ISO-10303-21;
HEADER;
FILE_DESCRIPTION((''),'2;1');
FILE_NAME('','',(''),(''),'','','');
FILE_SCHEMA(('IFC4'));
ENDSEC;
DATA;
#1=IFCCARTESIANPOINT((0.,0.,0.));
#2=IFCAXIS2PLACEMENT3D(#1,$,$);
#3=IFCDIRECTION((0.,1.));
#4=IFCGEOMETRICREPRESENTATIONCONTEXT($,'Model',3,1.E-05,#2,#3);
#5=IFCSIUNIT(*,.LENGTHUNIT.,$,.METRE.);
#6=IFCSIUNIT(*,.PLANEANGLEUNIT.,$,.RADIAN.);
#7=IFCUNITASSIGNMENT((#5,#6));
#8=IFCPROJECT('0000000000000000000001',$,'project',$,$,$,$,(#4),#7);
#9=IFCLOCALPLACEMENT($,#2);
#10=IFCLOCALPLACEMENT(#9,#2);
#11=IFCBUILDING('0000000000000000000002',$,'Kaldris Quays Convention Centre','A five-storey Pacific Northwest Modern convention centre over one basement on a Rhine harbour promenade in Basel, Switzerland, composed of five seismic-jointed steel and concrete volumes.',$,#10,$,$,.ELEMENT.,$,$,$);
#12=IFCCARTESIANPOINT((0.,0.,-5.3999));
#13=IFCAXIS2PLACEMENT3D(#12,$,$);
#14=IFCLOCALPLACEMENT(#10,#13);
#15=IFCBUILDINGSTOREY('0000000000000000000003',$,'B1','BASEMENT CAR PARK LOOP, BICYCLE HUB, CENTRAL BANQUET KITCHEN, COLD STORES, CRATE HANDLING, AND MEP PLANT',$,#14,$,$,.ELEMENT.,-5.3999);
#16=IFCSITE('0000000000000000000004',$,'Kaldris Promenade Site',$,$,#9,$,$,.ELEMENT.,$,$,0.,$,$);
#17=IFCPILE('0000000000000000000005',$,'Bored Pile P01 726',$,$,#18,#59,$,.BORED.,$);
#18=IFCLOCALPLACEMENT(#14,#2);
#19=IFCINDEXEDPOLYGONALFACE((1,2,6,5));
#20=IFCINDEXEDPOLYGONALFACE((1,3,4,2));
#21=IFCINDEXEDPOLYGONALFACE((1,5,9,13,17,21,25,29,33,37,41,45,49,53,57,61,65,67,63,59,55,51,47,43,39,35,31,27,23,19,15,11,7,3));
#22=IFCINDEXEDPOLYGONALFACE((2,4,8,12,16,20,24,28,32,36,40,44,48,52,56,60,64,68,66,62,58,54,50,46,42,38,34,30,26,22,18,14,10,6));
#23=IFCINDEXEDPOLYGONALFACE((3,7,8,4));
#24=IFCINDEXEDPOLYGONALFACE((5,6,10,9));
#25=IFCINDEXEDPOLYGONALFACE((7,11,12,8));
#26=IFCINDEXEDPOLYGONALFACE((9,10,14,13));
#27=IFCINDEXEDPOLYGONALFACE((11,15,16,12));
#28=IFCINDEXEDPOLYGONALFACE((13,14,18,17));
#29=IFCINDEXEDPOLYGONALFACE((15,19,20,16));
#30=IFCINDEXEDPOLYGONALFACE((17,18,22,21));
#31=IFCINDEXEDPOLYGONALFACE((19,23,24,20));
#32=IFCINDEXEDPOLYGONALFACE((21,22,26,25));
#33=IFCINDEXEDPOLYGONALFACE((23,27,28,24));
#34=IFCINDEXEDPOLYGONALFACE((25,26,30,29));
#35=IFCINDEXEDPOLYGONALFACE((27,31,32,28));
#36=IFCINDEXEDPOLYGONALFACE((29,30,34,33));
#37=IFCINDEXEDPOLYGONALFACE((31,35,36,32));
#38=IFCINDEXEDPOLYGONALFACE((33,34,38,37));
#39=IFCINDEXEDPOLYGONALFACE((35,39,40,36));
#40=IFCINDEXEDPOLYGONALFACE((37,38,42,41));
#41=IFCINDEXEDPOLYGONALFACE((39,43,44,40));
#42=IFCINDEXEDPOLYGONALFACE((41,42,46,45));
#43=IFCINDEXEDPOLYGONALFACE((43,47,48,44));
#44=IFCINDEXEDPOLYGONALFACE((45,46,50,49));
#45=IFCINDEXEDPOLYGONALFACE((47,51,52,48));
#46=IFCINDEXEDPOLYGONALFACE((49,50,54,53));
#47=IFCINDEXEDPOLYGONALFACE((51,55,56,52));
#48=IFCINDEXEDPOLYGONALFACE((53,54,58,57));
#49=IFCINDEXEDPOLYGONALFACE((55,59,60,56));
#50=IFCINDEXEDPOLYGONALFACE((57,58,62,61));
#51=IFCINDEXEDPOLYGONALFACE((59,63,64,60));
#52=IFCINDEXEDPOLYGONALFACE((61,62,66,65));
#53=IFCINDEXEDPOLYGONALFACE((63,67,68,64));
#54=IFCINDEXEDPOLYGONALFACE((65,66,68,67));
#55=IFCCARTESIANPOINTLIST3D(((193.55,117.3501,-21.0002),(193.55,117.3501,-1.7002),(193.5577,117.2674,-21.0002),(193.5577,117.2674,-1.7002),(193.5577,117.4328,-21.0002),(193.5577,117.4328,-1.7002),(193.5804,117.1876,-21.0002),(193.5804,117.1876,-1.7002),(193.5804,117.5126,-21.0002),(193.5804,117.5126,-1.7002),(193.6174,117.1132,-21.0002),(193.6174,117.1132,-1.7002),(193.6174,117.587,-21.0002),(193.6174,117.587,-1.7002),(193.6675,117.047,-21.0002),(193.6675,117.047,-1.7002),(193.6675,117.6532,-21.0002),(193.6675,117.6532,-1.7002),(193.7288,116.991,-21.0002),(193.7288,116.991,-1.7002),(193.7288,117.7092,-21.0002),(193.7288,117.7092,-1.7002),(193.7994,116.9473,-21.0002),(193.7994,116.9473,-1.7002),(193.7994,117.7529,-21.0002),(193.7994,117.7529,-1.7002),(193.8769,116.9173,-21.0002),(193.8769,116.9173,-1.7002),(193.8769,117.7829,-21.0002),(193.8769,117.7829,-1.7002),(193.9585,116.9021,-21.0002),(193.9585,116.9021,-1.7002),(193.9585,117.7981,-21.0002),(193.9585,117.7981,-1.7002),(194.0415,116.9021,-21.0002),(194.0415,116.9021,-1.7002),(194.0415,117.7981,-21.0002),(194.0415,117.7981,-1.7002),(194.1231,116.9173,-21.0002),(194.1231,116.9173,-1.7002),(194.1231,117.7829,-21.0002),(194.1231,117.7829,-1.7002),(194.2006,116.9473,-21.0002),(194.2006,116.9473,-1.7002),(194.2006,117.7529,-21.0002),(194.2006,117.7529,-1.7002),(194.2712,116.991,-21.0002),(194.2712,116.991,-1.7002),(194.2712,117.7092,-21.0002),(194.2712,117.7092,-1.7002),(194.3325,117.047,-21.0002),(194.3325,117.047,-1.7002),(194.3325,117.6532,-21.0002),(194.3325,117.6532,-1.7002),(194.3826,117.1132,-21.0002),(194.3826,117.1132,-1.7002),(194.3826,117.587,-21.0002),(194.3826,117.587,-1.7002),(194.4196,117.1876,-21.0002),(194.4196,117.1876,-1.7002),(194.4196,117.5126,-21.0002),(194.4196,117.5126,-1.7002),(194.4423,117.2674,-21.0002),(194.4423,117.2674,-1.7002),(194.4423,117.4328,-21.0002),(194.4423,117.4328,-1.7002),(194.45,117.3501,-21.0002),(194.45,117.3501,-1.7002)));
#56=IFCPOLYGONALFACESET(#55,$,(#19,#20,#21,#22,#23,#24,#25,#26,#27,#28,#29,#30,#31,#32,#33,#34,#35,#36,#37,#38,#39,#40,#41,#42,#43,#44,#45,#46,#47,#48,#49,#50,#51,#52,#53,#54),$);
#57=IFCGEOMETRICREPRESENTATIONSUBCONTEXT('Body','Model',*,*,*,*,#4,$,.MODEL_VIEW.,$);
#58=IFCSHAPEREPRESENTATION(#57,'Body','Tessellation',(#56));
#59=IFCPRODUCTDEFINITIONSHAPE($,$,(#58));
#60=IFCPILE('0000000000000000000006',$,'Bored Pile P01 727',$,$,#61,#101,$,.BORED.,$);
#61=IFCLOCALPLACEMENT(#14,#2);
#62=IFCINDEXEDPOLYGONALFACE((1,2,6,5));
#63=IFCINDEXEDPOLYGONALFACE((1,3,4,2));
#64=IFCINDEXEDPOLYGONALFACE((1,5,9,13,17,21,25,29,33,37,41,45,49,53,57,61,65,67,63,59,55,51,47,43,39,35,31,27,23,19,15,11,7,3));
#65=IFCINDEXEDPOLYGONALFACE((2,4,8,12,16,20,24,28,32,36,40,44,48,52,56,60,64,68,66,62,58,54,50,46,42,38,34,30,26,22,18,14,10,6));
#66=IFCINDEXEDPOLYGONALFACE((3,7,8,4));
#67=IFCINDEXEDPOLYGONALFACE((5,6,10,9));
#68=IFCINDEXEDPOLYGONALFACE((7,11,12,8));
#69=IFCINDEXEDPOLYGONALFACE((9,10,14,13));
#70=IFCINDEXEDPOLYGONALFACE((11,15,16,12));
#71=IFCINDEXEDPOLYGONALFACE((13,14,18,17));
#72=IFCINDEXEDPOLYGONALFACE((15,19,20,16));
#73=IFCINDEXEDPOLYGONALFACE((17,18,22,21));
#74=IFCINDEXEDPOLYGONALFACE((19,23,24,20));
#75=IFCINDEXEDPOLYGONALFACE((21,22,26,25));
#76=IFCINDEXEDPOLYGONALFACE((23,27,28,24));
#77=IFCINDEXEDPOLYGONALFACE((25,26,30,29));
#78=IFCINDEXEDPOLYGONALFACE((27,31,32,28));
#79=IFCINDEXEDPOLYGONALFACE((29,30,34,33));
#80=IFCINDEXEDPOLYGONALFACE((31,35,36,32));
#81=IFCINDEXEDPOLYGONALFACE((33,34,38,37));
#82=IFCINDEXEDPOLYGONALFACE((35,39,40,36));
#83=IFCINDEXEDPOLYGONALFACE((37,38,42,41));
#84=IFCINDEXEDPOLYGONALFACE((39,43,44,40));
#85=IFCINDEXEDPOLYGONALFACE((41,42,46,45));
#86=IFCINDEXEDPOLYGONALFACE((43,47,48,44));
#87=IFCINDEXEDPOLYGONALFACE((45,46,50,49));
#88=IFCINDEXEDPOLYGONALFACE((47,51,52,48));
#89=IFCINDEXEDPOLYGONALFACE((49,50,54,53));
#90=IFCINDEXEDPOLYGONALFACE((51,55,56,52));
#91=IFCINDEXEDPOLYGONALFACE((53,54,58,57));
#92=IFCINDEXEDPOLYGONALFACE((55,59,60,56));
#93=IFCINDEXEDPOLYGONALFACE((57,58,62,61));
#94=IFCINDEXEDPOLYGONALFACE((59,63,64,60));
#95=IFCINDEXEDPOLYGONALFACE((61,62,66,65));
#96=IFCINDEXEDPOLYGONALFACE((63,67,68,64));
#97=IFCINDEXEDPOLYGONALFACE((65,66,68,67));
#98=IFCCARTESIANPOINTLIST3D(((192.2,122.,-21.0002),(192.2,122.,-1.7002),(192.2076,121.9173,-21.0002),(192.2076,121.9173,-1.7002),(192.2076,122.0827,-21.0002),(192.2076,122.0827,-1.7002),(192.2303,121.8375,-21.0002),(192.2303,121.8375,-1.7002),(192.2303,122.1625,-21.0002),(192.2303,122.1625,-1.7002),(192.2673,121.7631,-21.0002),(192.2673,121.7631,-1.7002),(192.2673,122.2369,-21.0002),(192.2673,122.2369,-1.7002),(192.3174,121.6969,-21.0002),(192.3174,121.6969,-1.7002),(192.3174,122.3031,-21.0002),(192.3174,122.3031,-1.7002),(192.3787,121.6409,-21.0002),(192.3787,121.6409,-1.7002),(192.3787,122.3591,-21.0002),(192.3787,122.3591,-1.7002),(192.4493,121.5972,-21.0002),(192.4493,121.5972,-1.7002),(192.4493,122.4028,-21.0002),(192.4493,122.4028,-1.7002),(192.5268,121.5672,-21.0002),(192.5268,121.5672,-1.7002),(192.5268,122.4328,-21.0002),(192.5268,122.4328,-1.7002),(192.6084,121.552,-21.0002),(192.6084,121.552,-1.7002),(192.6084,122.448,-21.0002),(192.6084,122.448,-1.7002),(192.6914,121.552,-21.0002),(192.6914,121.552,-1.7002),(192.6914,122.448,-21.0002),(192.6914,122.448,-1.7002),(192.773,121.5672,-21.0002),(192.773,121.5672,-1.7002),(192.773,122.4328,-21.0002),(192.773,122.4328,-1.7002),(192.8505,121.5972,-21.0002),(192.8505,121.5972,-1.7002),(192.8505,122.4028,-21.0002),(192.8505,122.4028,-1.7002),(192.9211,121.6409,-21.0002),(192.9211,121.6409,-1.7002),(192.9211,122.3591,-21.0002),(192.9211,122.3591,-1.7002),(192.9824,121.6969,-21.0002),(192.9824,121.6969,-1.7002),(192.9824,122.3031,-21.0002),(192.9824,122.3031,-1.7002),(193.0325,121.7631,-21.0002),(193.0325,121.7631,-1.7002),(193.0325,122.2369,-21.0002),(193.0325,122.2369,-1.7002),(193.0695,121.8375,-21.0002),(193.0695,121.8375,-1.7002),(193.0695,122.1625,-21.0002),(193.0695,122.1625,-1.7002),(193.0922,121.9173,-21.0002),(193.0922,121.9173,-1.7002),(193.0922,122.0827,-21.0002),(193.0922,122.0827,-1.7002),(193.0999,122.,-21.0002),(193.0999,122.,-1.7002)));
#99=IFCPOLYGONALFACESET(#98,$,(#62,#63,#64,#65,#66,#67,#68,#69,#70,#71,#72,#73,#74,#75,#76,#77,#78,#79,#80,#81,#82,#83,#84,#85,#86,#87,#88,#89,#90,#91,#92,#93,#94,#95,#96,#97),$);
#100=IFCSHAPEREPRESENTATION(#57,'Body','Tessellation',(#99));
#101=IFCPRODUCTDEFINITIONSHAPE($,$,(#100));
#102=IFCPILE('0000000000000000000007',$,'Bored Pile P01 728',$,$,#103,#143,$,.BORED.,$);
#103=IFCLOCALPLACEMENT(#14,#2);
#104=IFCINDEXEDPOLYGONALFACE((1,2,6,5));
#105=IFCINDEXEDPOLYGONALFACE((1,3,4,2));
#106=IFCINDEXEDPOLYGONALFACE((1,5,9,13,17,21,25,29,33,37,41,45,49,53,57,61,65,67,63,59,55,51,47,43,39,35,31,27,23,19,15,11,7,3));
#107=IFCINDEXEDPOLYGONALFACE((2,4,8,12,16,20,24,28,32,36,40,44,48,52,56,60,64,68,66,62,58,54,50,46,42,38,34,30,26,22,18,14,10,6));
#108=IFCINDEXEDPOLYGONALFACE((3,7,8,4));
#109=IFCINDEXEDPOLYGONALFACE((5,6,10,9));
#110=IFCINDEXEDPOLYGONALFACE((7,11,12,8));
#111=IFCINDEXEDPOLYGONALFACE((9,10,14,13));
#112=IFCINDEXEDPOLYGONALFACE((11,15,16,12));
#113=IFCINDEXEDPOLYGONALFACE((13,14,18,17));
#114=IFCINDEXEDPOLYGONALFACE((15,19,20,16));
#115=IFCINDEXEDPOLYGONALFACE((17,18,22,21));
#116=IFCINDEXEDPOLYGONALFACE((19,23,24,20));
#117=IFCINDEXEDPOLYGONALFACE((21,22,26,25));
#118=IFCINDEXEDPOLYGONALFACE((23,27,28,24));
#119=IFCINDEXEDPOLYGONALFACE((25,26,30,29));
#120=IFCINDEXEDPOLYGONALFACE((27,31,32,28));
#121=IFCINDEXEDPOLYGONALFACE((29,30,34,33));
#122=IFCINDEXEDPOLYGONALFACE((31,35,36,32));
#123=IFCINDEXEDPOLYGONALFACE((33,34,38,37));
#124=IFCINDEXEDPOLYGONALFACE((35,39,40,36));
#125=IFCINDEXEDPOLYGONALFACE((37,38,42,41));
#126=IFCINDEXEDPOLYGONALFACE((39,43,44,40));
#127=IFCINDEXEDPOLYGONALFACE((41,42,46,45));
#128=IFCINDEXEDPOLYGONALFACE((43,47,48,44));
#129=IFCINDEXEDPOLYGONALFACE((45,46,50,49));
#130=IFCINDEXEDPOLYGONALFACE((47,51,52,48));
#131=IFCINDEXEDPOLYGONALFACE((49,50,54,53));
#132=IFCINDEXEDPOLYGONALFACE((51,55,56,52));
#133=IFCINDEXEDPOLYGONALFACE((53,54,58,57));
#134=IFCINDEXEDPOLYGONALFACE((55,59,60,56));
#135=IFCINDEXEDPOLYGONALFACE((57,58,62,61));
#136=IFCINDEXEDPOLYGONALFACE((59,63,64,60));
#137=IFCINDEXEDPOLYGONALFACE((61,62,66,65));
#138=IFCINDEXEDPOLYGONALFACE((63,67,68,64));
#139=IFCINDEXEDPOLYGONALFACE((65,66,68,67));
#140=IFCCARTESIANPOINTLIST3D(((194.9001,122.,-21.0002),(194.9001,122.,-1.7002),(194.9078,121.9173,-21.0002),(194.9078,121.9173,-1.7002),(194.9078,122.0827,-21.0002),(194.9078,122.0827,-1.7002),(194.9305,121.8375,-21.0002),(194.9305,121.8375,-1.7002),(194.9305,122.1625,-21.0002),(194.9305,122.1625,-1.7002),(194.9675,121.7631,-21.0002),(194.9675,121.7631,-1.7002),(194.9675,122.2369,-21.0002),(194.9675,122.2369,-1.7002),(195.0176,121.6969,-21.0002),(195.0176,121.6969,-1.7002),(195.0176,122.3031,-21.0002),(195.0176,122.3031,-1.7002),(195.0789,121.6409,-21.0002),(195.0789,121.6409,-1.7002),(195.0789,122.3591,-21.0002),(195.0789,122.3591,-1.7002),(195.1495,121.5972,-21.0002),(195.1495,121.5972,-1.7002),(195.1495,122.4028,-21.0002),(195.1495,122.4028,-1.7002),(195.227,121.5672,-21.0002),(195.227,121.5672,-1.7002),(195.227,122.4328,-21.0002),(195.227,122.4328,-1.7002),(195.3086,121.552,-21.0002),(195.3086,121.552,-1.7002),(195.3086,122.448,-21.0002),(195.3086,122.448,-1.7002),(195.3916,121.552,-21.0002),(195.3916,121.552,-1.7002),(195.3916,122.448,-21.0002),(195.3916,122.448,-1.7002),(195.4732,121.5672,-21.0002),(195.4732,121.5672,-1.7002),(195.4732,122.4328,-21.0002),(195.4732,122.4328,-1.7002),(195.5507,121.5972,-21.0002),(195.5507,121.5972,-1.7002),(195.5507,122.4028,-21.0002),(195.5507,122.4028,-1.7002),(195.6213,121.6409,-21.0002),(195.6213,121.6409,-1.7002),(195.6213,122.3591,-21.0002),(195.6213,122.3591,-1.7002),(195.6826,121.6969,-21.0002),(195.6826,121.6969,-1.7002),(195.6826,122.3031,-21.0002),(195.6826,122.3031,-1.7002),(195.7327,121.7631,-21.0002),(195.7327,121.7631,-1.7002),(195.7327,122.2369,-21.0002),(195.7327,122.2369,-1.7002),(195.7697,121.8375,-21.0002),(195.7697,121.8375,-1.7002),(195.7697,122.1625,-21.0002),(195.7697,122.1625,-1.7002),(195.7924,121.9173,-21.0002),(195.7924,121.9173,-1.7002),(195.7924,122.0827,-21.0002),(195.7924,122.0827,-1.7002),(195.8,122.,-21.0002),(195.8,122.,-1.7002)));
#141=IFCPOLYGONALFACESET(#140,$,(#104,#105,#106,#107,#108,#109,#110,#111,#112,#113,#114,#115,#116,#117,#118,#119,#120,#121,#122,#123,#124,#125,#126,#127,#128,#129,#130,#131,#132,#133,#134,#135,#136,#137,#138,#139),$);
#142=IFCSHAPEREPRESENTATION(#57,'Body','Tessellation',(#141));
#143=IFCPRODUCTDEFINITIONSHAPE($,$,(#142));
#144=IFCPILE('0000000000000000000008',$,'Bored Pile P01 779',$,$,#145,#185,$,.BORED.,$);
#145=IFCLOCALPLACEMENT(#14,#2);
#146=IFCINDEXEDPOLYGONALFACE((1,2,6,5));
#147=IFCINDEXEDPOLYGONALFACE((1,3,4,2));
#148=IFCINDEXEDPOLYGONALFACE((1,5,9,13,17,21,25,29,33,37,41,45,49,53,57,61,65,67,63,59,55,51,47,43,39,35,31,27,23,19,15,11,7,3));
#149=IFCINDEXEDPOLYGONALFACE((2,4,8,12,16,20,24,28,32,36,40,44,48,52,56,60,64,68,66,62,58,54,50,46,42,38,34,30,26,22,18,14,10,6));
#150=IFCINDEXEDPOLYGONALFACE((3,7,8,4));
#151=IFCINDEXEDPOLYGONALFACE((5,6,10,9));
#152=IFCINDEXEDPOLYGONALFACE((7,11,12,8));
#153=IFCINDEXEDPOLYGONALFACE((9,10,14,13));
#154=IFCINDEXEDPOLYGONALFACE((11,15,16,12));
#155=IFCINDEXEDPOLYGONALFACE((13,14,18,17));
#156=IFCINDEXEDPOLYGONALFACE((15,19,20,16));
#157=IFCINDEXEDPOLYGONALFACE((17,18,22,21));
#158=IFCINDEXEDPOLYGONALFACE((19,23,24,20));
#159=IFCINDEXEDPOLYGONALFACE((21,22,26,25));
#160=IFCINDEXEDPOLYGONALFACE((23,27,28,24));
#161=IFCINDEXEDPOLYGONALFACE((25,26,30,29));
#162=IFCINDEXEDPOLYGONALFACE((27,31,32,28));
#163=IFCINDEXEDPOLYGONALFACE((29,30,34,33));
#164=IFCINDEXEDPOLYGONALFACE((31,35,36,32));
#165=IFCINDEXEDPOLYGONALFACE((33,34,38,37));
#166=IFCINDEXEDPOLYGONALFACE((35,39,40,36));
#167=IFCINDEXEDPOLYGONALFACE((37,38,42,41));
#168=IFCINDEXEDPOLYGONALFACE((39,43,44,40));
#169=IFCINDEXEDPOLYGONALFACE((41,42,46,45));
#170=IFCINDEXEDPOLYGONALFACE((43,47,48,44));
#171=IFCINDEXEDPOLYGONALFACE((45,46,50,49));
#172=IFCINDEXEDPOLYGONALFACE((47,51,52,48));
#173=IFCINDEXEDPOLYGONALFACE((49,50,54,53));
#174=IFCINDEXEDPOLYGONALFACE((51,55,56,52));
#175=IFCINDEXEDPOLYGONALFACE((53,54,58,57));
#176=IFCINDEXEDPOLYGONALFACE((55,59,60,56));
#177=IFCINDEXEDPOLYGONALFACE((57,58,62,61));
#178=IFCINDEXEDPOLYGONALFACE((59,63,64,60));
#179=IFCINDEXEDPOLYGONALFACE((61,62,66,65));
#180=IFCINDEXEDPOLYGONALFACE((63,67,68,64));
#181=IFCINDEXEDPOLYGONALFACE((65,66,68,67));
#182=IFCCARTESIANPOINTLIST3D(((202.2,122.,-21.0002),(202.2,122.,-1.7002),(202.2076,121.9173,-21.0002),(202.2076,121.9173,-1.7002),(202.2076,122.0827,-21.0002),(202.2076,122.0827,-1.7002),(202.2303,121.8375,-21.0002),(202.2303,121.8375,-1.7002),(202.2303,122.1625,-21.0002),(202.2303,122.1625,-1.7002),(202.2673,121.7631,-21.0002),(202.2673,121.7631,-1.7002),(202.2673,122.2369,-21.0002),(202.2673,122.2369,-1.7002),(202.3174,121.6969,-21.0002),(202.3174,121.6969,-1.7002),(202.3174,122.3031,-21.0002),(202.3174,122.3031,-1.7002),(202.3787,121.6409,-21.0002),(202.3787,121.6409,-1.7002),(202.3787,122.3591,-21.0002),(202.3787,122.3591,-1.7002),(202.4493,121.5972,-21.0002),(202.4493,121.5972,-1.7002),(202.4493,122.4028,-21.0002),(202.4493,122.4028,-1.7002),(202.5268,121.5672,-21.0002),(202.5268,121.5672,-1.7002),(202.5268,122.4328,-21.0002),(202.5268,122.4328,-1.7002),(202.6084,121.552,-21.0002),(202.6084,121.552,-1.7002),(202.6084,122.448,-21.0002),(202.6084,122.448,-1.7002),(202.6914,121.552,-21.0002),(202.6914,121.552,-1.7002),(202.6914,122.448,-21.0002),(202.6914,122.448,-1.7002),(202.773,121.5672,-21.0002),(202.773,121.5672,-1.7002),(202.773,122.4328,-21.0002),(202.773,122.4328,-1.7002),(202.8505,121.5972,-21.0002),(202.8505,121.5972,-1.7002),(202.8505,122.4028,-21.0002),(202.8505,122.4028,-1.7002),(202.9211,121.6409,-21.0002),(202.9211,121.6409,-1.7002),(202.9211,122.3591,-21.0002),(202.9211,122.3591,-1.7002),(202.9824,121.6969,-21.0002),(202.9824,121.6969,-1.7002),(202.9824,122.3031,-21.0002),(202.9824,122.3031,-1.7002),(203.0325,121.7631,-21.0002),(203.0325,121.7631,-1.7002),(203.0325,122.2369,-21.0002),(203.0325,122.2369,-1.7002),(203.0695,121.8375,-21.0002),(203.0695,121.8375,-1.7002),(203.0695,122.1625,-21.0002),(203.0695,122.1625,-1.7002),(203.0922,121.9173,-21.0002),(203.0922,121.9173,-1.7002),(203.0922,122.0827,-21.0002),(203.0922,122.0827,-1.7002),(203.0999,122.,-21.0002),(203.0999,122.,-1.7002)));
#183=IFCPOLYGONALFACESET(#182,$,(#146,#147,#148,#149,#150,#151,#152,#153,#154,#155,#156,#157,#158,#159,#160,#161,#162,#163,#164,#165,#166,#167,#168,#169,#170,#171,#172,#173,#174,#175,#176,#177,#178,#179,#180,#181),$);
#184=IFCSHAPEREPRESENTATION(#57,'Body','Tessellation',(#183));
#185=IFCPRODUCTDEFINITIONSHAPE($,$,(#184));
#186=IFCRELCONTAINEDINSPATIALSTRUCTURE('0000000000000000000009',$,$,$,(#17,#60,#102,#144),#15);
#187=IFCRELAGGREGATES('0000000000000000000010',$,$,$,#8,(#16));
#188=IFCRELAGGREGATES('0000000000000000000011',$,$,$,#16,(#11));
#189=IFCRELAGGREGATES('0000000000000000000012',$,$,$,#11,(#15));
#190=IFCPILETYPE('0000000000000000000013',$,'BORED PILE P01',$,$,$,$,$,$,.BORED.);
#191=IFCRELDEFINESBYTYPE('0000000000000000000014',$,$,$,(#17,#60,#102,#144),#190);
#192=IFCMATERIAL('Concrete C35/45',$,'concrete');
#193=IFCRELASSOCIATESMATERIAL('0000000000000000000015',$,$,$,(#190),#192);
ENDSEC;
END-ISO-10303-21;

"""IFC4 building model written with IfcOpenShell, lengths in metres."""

from ifc_helpers import new_model, si_unit, direction, frame, origin, origin_2d, place, context, subcontext, project, spatial, circle, extrude, material, material_profile, profile_set, type_object, element, save


model = new_model("IFC4")

# Units and contexts
model_context = context("Model", 3, precision=1e-05, world=origin(), true_north=direction((0.0, 1.0)))
body_context = subcontext(model_context, "Body", "Model", "MODEL_VIEW")
ifc_project = project(units=[si_unit("LENGTHUNIT", "METRE"), si_unit("PLANEANGLEUNIT", "RADIAN")], contexts=[model_context])

# Site, building, storey
site_placement = place(None, origin())
site = spatial("IfcSite", under=ifc_project, at=site_placement, Name="Kaldris Promenade Site", CompositionType="ELEMENT", RefElevation=0.0)
building_placement = place(site_placement, origin())
building = spatial("IfcBuilding", under=site, at=building_placement, Name="Kaldris Quays Convention Centre", Description="A five-storey Pacific Northwest Modern convention centre over one basement on a Rhine harbour promenade in Basel, Switzerland, composed of five seismic-jointed steel and concrete volumes.", CompositionType="ELEMENT")
storey_placement = place(building_placement, frame((0.0, 0.0, -5.3999)))
storey = spatial("IfcBuildingStorey", under=building, at=storey_placement, Name="B1", Description="BASEMENT CAR PARK LOOP, BICYCLE HUB, CENTRAL BANQUET KITCHEN, COLD STORES, CRATE HANDLING, AND MEP PLANT", CompositionType="ELEMENT", Elevation=-5.3999)

# Piles
ifc_material_1 = material(Name="Concrete C35/45", Category="concrete")
ifc_material_profile_1 = material_profile(ifc_material_1, circle(Radius=0.45, at=origin_2d()), Name="BORED PILE D900")
ifc_profile_set_1 = profile_set([ifc_material_profile_1], Name="Concrete C35/45")
pile_type = type_object("IfcPileType", Name="BORED PILE P01", PredefinedType="BORED", material=ifc_profile_set_1)
for number, where, z_axis, x_axis, name in (
    (1, (194.0, 117.3501, -1.7002), (0.0, 0.0, -1.0), (1.0, 0.0, 0.0), "Bored Pile P01 726"),
    (2, (192.6499, 122.0, -1.7002), (0.0, 0.0, -1.0), (1.0, 0.0, 0.0), "Bored Pile P01 727"),
    (3, (195.3501, 122.0, -1.7002), (0.0, 0.0, -1.0), (1.0, 0.0, 0.0), "Bored Pile P01 728"),
    (4, (202.6499, 122.0, -1.7002), (0.0, 0.0, -1.0), (1.0, 0.0, 0.0), "Bored Pile P01 779"),
):
    element("IfcPile", number, at=place(storey_placement, frame(where, z_axis=z_axis, x_axis=x_axis)), inside=storey, type_object=pile_type, Name=name, PredefinedType="BORED", context=body_context, shape_type="SweptSolid", body=[
        extrude(circle(Radius=0.45, at=origin_2d()), origin(), (0.0, 0.0, 1.0), 19.3),
    ])

save(model, "model.ifc")
